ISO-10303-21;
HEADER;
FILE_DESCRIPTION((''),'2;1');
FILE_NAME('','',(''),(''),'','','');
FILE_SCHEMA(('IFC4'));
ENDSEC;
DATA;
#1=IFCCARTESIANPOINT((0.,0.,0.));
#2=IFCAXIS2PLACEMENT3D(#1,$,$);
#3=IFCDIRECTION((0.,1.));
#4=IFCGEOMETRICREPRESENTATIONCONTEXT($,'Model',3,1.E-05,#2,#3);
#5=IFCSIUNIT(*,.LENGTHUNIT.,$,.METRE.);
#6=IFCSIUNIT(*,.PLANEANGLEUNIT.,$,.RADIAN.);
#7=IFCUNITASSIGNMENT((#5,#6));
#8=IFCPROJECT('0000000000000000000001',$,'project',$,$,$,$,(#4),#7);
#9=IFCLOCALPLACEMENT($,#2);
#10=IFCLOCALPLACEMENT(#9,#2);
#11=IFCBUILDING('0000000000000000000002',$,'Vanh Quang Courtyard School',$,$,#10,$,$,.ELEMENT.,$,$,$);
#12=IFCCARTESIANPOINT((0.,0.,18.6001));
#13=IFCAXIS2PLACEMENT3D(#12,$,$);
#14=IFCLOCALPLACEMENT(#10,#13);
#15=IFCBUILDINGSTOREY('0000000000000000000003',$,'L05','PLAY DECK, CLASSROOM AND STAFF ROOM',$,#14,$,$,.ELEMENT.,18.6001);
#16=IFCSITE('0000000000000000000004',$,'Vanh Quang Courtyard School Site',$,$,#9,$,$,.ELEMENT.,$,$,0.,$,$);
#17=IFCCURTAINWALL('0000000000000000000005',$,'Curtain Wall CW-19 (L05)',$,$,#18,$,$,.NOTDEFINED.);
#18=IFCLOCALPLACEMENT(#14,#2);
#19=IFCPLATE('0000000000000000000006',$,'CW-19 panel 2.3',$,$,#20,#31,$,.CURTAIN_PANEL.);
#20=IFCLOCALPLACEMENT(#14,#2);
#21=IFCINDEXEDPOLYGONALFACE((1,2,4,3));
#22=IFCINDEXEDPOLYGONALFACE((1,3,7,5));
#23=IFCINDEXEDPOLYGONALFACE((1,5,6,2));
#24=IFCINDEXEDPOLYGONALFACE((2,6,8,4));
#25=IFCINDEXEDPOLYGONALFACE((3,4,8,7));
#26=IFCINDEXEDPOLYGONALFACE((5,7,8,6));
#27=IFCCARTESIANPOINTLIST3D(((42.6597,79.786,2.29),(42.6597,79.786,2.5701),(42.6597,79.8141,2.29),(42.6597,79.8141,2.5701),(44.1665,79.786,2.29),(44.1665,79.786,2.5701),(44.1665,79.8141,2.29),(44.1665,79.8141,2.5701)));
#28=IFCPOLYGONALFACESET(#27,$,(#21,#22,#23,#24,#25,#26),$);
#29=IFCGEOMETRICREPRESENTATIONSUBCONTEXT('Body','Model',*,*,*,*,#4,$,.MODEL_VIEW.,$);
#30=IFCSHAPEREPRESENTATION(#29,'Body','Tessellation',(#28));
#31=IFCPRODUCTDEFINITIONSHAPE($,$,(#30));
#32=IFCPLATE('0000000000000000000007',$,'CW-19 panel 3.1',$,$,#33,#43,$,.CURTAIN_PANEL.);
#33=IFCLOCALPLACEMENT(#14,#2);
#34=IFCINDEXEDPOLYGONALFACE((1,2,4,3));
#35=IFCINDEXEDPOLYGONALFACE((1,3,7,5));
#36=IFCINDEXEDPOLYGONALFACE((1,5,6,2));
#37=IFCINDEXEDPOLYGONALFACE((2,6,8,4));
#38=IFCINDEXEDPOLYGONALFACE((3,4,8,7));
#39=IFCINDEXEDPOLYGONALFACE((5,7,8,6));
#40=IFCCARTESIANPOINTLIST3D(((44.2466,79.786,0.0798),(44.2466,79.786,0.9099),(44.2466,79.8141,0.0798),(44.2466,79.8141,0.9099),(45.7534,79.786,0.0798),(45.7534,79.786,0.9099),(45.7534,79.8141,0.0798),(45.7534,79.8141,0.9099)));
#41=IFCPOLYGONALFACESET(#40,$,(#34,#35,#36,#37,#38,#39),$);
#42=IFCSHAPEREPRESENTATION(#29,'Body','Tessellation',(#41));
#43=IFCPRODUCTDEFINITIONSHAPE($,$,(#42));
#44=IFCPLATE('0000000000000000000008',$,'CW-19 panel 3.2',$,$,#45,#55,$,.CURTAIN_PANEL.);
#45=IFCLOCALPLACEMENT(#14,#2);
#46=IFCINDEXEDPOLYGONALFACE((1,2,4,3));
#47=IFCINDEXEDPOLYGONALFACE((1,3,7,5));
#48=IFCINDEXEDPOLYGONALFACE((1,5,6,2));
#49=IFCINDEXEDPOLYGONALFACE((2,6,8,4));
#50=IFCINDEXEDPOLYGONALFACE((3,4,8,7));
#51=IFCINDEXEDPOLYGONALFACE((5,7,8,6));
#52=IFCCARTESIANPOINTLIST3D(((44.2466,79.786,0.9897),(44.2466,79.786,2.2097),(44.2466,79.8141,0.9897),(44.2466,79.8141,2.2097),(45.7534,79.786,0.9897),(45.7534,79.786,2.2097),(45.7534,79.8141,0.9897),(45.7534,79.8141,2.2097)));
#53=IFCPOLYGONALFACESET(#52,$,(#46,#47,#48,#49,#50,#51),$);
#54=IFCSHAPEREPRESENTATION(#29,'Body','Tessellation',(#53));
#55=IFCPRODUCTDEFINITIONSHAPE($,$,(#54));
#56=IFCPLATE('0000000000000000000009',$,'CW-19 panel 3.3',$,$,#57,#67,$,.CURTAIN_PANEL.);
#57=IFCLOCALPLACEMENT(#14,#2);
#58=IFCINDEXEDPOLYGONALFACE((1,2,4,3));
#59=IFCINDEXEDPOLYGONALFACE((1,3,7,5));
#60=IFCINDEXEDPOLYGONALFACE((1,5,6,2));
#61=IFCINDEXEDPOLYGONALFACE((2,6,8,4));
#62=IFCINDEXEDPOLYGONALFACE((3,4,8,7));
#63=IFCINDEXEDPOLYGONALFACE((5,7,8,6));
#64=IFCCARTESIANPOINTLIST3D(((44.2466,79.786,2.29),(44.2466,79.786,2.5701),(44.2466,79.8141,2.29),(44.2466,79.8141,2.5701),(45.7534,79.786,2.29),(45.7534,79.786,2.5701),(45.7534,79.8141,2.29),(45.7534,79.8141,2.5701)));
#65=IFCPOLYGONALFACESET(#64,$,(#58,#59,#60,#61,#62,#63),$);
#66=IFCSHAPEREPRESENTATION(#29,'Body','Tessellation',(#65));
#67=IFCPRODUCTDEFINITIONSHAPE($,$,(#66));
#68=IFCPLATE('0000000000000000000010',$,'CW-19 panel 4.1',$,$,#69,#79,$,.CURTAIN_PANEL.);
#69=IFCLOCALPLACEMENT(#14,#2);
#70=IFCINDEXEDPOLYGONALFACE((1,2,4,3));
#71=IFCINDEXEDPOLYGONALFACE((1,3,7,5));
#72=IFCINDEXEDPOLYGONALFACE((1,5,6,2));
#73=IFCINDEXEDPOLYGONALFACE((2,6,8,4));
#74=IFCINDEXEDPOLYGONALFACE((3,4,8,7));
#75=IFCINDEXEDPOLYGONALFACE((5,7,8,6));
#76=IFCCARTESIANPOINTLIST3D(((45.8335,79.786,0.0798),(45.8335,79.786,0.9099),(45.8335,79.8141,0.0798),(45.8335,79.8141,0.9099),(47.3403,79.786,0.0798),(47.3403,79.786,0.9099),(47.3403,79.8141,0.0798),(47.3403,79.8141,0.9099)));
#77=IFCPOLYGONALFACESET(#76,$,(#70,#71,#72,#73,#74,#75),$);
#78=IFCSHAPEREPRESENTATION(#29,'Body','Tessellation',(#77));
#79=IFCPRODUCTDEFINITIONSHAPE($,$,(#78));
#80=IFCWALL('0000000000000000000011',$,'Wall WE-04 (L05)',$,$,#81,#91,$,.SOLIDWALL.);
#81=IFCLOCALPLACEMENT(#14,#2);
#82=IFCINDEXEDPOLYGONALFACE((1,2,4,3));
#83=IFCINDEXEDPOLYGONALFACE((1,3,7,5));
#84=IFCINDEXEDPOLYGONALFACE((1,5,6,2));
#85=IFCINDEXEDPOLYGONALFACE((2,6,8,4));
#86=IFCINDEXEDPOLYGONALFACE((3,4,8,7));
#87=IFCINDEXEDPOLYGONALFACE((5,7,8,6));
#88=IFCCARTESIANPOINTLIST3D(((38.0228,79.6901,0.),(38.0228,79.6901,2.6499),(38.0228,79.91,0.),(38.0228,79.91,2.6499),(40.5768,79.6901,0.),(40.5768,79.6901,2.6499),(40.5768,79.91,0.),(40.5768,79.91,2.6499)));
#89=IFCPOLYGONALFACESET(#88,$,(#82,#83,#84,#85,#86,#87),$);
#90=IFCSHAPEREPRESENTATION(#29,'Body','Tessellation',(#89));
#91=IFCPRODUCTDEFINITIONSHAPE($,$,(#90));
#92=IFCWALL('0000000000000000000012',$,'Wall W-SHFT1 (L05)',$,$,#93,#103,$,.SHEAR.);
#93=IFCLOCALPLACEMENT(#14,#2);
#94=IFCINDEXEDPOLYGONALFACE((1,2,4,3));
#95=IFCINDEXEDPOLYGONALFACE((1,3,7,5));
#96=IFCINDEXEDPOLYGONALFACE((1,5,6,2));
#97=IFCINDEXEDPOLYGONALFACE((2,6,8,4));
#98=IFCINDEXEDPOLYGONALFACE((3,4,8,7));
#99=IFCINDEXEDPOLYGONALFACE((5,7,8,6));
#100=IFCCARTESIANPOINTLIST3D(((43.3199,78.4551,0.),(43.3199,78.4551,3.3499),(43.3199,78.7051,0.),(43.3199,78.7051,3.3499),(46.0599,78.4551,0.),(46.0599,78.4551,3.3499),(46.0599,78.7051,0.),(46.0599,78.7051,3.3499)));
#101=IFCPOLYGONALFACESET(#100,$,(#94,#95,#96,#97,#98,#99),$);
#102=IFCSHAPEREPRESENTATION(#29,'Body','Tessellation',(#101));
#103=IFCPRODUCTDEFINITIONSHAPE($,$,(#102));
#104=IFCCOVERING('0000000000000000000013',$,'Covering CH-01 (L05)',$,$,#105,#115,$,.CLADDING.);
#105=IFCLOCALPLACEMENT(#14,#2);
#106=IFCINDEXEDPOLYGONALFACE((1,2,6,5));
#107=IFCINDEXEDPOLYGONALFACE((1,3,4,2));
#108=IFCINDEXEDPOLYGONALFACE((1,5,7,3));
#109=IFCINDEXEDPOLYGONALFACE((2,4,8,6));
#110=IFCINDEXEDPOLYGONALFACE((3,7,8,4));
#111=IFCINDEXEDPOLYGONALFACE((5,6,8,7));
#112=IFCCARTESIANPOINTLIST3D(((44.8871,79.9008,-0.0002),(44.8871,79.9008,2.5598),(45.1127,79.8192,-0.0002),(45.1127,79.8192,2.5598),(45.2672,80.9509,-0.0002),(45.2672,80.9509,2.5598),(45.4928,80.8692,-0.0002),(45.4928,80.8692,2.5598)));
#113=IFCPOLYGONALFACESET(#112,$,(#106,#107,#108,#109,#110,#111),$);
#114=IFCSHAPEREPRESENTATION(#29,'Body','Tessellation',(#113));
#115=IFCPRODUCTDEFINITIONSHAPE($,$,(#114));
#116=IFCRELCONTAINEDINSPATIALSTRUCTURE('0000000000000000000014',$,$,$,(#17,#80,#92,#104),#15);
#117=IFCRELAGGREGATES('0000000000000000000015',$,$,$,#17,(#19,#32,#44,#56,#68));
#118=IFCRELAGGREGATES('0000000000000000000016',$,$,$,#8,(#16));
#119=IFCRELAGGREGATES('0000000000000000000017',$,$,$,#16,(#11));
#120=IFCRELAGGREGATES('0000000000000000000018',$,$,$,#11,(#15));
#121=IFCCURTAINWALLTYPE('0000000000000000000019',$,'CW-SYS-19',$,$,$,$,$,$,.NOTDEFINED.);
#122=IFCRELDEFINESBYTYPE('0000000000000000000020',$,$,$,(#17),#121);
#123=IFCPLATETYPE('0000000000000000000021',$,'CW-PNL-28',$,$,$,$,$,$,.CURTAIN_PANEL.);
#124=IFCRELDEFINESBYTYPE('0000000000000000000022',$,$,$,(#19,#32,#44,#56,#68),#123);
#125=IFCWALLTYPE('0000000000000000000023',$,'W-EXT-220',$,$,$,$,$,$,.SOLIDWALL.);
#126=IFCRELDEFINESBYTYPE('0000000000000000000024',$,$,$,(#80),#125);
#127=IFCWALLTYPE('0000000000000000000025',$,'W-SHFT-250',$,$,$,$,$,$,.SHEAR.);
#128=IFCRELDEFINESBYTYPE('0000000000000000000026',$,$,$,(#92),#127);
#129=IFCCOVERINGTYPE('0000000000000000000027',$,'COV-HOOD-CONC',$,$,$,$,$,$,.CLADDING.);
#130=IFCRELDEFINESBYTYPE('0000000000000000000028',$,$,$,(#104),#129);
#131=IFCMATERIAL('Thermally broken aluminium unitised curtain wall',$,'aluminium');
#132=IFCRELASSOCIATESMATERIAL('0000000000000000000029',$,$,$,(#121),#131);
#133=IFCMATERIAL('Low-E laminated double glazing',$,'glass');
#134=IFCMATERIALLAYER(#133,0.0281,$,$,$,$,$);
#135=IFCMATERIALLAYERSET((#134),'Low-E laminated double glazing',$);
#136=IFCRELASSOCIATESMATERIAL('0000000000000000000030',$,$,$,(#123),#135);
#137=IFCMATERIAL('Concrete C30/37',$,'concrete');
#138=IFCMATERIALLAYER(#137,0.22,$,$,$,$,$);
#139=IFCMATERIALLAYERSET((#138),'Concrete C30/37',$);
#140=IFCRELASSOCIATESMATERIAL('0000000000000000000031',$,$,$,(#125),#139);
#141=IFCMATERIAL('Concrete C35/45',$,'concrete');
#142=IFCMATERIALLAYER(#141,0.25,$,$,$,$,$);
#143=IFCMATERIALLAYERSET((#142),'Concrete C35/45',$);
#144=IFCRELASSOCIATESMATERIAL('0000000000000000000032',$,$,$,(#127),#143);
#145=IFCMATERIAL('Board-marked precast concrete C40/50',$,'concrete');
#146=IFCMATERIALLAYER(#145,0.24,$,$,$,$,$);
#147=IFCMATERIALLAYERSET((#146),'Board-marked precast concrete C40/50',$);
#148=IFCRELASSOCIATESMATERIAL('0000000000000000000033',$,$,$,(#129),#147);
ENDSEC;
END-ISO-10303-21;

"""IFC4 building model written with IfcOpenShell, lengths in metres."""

from ifc_helpers import new_model, si_unit, direction, frame, frame_2d, origin, origin_2d, place, context, subcontext, project, spatial, rectangle, extrude, material, layer, layer_set, type_object, element, aggregate, save


model = new_model("IFC4")

# Units and contexts
model_context = context("Model", 3, precision=1e-05, world=origin(), true_north=direction((0.0, 1.0)))
body_context = subcontext(model_context, "Body", "Model", "MODEL_VIEW")
ifc_project = project(units=[si_unit("LENGTHUNIT", "METRE"), si_unit("PLANEANGLEUNIT", "RADIAN")], contexts=[model_context])

# Site, building, storey
site_placement = place(None, origin())
site = spatial("IfcSite", under=ifc_project, at=site_placement, Name="Vanh Quang Courtyard School Site", CompositionType="ELEMENT", RefElevation=0.0)
building_placement = place(site_placement, origin())
building = spatial("IfcBuilding", under=site, at=building_placement, Name="Vanh Quang Courtyard School", CompositionType="ELEMENT")
storey_placement = place(building_placement, frame((0.0, 0.0, 18.6001)))
storey = spatial("IfcBuildingStorey", under=building, at=storey_placement, Name="L05", Description="PLAY DECK, CLASSROOM AND STAFF ROOM", CompositionType="ELEMENT", Elevation=18.6001)

# Shared definitions
ifc_material_1 = material(Name="Concrete C35/45", Category="concrete")

# Curtain wall, plates
ifc_material_2 = material(Name="Thermally broken aluminium unitised curtain wall", Category="aluminium")
curtain_wall_type = type_object("IfcCurtainWallType", Name="CW-SYS-19", PredefinedType="NOTDEFINED", material=ifc_material_2)
curtain_wall_placement = place(storey_placement, origin())
curtain_wall = element("IfcCurtainWall", 1, at=curtain_wall_placement, inside=storey, type_object=curtain_wall_type, Name="Curtain Wall CW-19 (L05)", PredefinedType="NOTDEFINED")
ifc_material_3 = material(Name="Low-E laminated double glazing", Category="glass")
ifc_layer_1 = layer(ifc_material_3, 0.0281)
ifc_layer_set_1 = layer_set([ifc_layer_1], Name="Low-E laminated double glazing")
plate_type = type_object("IfcPlateType", Name="CW-PNL-28", PredefinedType="CURTAIN_PANEL", material=ifc_layer_set_1)
plate_1_placement = place(storey_placement, frame((43.4131, 79.8, 2.29), z_axis=(0.0, 0.0, 1.0), x_axis=(1.0, 0.0, 0.0)))
plate_1 = element("IfcPlate", 2, at=plate_1_placement, type_object=plate_type, Name="CW-19 panel 2.3", PredefinedType="CURTAIN_PANEL", context=body_context, shape_type="SweptSolid", body=[
    extrude(rectangle(XDim=1.5068, YDim=0.0281, at=origin_2d()), origin(), (0.0, 0.0, 1.0), 0.28),
])
plate_2_placement = place(storey_placement, frame((45.0, 79.8, 0.0798), z_axis=(0.0, 0.0, 1.0), x_axis=(1.0, 0.0, 0.0)))
plate_2 = element("IfcPlate", 3, at=plate_2_placement, type_object=plate_type, Name="CW-19 panel 3.1", PredefinedType="CURTAIN_PANEL", context=body_context, shape_type="SweptSolid", body=[
    extrude(rectangle(XDim=1.5068, YDim=0.0281, at=origin_2d()), origin(), (0.0, 0.0, 1.0), 0.8301),
])
plate_3_placement = place(storey_placement, frame((45.0, 79.8, 0.9897), z_axis=(0.0, 0.0, 1.0), x_axis=(1.0, 0.0, 0.0)))
plate_3 = element("IfcPlate", 4, at=plate_3_placement, type_object=plate_type, Name="CW-19 panel 3.2", PredefinedType="CURTAIN_PANEL", context=body_context, shape_type="SweptSolid", body=[
    extrude(rectangle(XDim=1.5068, YDim=0.0281, at=origin_2d()), origin(), (0.0, 0.0, 1.0), 1.22),
])
plate_4_placement = place(storey_placement, frame((45.0, 79.8, 2.29), z_axis=(0.0, 0.0, 1.0), x_axis=(1.0, 0.0, 0.0)))
plate_4 = element("IfcPlate", 5, at=plate_4_placement, type_object=plate_type, Name="CW-19 panel 3.3", PredefinedType="CURTAIN_PANEL", context=body_context, shape_type="SweptSolid", body=[
    extrude(rectangle(XDim=1.5068, YDim=0.0281, at=origin_2d()), origin(), (0.0, 0.0, 1.0), 0.28),
])
plate_5_placement = place(storey_placement, frame((46.5869, 79.8, 0.0798), z_axis=(0.0, 0.0, 1.0), x_axis=(1.0, 0.0, 0.0)))
plate_5 = element("IfcPlate", 6, at=plate_5_placement, type_object=plate_type, Name="CW-19 panel 4.1", PredefinedType="CURTAIN_PANEL", context=body_context, shape_type="SweptSolid", body=[
    extrude(rectangle(XDim=1.5068, YDim=0.0281, at=origin_2d()), origin(), (0.0, 0.0, 1.0), 0.8301),
])
aggregate(curtain_wall, [plate_1, plate_2, plate_3, plate_4, plate_5])

# Walls
ifc_material_4 = material(Name="Concrete C30/37", Category="concrete")
ifc_layer_2 = layer(ifc_material_4, 0.22)
ifc_layer_set_2 = layer_set([ifc_layer_2], Name="Concrete C30/37")
wall_type_1 = type_object("IfcWallType", Name="W-EXT-220", PredefinedType="SOLIDWALL", material=ifc_layer_set_2)
wall_1_placement = place(storey_placement, frame((38.0229, 79.8, 0.0), z_axis=(0.0, 0.0, 1.0), x_axis=(1.0, 0.0, 0.0)))
element("IfcWall", 7, at=wall_1_placement, inside=storey, type_object=wall_type_1, Name="Wall WE-04 (L05)", PredefinedType="SOLIDWALL", context=body_context, shape_type="SweptSolid", body=[
    extrude(rectangle(XDim=2.554, YDim=0.22, at=frame_2d((1.2769, 0.0))), origin(), (0.0, 0.0, 1.0), 2.6499),
])
ifc_layer_3 = layer(ifc_material_1, 0.25)
ifc_layer_set_3 = layer_set([ifc_layer_3], Name="Concrete C35/45")
wall_type_2 = type_object("IfcWallType", Name="W-SHFT-250", PredefinedType="SHEAR", material=ifc_layer_set_3)
wall_2_placement = place(storey_placement, frame((46.0601, 78.5801, 0.0), z_axis=(0.0, 0.0, 1.0), x_axis=(-1.0, 0.0, 0.0)))
element("IfcWall", 8, at=wall_2_placement, inside=storey, type_object=wall_type_2, Name="Wall W-SHFT1 (L05)", PredefinedType="SHEAR", context=body_context, shape_type="SweptSolid", body=[
    extrude(rectangle(XDim=2.74, YDim=0.25, at=frame_2d((1.3701, 0.0))), origin(), (0.0, 0.0, 1.0), 3.3499),
])

# Covering
ifc_material_5 = material(Name="Board-marked precast concrete C40/50", Category="concrete")
ifc_layer_4 = layer(ifc_material_5, 0.24)
ifc_layer_set_4 = layer_set([ifc_layer_4], Name="Board-marked precast concrete C40/50")
covering_type = type_object("IfcCoveringType", Name="COV-HOOD-CONC", PredefinedType="CLADDING", material=ifc_layer_set_4)
covering_placement = place(storey_placement, frame((45.1899, 80.385, -0.0002), z_axis=(0.0, 0.0, 1.0), x_axis=(0.34038, 0.940288, 0.0)))
element("IfcCovering", 9, at=covering_placement, inside=storey, type_object=covering_type, Name="Covering CH-01 (L05)", PredefinedType="CLADDING", context=body_context, shape_type="SweptSolid", body=[
    extrude(rectangle(XDim=1.1167, YDim=0.24, at=origin_2d()), origin(), (0.0, 0.0, 1.0), 2.5601),
])

save(model, "model.ifc")
